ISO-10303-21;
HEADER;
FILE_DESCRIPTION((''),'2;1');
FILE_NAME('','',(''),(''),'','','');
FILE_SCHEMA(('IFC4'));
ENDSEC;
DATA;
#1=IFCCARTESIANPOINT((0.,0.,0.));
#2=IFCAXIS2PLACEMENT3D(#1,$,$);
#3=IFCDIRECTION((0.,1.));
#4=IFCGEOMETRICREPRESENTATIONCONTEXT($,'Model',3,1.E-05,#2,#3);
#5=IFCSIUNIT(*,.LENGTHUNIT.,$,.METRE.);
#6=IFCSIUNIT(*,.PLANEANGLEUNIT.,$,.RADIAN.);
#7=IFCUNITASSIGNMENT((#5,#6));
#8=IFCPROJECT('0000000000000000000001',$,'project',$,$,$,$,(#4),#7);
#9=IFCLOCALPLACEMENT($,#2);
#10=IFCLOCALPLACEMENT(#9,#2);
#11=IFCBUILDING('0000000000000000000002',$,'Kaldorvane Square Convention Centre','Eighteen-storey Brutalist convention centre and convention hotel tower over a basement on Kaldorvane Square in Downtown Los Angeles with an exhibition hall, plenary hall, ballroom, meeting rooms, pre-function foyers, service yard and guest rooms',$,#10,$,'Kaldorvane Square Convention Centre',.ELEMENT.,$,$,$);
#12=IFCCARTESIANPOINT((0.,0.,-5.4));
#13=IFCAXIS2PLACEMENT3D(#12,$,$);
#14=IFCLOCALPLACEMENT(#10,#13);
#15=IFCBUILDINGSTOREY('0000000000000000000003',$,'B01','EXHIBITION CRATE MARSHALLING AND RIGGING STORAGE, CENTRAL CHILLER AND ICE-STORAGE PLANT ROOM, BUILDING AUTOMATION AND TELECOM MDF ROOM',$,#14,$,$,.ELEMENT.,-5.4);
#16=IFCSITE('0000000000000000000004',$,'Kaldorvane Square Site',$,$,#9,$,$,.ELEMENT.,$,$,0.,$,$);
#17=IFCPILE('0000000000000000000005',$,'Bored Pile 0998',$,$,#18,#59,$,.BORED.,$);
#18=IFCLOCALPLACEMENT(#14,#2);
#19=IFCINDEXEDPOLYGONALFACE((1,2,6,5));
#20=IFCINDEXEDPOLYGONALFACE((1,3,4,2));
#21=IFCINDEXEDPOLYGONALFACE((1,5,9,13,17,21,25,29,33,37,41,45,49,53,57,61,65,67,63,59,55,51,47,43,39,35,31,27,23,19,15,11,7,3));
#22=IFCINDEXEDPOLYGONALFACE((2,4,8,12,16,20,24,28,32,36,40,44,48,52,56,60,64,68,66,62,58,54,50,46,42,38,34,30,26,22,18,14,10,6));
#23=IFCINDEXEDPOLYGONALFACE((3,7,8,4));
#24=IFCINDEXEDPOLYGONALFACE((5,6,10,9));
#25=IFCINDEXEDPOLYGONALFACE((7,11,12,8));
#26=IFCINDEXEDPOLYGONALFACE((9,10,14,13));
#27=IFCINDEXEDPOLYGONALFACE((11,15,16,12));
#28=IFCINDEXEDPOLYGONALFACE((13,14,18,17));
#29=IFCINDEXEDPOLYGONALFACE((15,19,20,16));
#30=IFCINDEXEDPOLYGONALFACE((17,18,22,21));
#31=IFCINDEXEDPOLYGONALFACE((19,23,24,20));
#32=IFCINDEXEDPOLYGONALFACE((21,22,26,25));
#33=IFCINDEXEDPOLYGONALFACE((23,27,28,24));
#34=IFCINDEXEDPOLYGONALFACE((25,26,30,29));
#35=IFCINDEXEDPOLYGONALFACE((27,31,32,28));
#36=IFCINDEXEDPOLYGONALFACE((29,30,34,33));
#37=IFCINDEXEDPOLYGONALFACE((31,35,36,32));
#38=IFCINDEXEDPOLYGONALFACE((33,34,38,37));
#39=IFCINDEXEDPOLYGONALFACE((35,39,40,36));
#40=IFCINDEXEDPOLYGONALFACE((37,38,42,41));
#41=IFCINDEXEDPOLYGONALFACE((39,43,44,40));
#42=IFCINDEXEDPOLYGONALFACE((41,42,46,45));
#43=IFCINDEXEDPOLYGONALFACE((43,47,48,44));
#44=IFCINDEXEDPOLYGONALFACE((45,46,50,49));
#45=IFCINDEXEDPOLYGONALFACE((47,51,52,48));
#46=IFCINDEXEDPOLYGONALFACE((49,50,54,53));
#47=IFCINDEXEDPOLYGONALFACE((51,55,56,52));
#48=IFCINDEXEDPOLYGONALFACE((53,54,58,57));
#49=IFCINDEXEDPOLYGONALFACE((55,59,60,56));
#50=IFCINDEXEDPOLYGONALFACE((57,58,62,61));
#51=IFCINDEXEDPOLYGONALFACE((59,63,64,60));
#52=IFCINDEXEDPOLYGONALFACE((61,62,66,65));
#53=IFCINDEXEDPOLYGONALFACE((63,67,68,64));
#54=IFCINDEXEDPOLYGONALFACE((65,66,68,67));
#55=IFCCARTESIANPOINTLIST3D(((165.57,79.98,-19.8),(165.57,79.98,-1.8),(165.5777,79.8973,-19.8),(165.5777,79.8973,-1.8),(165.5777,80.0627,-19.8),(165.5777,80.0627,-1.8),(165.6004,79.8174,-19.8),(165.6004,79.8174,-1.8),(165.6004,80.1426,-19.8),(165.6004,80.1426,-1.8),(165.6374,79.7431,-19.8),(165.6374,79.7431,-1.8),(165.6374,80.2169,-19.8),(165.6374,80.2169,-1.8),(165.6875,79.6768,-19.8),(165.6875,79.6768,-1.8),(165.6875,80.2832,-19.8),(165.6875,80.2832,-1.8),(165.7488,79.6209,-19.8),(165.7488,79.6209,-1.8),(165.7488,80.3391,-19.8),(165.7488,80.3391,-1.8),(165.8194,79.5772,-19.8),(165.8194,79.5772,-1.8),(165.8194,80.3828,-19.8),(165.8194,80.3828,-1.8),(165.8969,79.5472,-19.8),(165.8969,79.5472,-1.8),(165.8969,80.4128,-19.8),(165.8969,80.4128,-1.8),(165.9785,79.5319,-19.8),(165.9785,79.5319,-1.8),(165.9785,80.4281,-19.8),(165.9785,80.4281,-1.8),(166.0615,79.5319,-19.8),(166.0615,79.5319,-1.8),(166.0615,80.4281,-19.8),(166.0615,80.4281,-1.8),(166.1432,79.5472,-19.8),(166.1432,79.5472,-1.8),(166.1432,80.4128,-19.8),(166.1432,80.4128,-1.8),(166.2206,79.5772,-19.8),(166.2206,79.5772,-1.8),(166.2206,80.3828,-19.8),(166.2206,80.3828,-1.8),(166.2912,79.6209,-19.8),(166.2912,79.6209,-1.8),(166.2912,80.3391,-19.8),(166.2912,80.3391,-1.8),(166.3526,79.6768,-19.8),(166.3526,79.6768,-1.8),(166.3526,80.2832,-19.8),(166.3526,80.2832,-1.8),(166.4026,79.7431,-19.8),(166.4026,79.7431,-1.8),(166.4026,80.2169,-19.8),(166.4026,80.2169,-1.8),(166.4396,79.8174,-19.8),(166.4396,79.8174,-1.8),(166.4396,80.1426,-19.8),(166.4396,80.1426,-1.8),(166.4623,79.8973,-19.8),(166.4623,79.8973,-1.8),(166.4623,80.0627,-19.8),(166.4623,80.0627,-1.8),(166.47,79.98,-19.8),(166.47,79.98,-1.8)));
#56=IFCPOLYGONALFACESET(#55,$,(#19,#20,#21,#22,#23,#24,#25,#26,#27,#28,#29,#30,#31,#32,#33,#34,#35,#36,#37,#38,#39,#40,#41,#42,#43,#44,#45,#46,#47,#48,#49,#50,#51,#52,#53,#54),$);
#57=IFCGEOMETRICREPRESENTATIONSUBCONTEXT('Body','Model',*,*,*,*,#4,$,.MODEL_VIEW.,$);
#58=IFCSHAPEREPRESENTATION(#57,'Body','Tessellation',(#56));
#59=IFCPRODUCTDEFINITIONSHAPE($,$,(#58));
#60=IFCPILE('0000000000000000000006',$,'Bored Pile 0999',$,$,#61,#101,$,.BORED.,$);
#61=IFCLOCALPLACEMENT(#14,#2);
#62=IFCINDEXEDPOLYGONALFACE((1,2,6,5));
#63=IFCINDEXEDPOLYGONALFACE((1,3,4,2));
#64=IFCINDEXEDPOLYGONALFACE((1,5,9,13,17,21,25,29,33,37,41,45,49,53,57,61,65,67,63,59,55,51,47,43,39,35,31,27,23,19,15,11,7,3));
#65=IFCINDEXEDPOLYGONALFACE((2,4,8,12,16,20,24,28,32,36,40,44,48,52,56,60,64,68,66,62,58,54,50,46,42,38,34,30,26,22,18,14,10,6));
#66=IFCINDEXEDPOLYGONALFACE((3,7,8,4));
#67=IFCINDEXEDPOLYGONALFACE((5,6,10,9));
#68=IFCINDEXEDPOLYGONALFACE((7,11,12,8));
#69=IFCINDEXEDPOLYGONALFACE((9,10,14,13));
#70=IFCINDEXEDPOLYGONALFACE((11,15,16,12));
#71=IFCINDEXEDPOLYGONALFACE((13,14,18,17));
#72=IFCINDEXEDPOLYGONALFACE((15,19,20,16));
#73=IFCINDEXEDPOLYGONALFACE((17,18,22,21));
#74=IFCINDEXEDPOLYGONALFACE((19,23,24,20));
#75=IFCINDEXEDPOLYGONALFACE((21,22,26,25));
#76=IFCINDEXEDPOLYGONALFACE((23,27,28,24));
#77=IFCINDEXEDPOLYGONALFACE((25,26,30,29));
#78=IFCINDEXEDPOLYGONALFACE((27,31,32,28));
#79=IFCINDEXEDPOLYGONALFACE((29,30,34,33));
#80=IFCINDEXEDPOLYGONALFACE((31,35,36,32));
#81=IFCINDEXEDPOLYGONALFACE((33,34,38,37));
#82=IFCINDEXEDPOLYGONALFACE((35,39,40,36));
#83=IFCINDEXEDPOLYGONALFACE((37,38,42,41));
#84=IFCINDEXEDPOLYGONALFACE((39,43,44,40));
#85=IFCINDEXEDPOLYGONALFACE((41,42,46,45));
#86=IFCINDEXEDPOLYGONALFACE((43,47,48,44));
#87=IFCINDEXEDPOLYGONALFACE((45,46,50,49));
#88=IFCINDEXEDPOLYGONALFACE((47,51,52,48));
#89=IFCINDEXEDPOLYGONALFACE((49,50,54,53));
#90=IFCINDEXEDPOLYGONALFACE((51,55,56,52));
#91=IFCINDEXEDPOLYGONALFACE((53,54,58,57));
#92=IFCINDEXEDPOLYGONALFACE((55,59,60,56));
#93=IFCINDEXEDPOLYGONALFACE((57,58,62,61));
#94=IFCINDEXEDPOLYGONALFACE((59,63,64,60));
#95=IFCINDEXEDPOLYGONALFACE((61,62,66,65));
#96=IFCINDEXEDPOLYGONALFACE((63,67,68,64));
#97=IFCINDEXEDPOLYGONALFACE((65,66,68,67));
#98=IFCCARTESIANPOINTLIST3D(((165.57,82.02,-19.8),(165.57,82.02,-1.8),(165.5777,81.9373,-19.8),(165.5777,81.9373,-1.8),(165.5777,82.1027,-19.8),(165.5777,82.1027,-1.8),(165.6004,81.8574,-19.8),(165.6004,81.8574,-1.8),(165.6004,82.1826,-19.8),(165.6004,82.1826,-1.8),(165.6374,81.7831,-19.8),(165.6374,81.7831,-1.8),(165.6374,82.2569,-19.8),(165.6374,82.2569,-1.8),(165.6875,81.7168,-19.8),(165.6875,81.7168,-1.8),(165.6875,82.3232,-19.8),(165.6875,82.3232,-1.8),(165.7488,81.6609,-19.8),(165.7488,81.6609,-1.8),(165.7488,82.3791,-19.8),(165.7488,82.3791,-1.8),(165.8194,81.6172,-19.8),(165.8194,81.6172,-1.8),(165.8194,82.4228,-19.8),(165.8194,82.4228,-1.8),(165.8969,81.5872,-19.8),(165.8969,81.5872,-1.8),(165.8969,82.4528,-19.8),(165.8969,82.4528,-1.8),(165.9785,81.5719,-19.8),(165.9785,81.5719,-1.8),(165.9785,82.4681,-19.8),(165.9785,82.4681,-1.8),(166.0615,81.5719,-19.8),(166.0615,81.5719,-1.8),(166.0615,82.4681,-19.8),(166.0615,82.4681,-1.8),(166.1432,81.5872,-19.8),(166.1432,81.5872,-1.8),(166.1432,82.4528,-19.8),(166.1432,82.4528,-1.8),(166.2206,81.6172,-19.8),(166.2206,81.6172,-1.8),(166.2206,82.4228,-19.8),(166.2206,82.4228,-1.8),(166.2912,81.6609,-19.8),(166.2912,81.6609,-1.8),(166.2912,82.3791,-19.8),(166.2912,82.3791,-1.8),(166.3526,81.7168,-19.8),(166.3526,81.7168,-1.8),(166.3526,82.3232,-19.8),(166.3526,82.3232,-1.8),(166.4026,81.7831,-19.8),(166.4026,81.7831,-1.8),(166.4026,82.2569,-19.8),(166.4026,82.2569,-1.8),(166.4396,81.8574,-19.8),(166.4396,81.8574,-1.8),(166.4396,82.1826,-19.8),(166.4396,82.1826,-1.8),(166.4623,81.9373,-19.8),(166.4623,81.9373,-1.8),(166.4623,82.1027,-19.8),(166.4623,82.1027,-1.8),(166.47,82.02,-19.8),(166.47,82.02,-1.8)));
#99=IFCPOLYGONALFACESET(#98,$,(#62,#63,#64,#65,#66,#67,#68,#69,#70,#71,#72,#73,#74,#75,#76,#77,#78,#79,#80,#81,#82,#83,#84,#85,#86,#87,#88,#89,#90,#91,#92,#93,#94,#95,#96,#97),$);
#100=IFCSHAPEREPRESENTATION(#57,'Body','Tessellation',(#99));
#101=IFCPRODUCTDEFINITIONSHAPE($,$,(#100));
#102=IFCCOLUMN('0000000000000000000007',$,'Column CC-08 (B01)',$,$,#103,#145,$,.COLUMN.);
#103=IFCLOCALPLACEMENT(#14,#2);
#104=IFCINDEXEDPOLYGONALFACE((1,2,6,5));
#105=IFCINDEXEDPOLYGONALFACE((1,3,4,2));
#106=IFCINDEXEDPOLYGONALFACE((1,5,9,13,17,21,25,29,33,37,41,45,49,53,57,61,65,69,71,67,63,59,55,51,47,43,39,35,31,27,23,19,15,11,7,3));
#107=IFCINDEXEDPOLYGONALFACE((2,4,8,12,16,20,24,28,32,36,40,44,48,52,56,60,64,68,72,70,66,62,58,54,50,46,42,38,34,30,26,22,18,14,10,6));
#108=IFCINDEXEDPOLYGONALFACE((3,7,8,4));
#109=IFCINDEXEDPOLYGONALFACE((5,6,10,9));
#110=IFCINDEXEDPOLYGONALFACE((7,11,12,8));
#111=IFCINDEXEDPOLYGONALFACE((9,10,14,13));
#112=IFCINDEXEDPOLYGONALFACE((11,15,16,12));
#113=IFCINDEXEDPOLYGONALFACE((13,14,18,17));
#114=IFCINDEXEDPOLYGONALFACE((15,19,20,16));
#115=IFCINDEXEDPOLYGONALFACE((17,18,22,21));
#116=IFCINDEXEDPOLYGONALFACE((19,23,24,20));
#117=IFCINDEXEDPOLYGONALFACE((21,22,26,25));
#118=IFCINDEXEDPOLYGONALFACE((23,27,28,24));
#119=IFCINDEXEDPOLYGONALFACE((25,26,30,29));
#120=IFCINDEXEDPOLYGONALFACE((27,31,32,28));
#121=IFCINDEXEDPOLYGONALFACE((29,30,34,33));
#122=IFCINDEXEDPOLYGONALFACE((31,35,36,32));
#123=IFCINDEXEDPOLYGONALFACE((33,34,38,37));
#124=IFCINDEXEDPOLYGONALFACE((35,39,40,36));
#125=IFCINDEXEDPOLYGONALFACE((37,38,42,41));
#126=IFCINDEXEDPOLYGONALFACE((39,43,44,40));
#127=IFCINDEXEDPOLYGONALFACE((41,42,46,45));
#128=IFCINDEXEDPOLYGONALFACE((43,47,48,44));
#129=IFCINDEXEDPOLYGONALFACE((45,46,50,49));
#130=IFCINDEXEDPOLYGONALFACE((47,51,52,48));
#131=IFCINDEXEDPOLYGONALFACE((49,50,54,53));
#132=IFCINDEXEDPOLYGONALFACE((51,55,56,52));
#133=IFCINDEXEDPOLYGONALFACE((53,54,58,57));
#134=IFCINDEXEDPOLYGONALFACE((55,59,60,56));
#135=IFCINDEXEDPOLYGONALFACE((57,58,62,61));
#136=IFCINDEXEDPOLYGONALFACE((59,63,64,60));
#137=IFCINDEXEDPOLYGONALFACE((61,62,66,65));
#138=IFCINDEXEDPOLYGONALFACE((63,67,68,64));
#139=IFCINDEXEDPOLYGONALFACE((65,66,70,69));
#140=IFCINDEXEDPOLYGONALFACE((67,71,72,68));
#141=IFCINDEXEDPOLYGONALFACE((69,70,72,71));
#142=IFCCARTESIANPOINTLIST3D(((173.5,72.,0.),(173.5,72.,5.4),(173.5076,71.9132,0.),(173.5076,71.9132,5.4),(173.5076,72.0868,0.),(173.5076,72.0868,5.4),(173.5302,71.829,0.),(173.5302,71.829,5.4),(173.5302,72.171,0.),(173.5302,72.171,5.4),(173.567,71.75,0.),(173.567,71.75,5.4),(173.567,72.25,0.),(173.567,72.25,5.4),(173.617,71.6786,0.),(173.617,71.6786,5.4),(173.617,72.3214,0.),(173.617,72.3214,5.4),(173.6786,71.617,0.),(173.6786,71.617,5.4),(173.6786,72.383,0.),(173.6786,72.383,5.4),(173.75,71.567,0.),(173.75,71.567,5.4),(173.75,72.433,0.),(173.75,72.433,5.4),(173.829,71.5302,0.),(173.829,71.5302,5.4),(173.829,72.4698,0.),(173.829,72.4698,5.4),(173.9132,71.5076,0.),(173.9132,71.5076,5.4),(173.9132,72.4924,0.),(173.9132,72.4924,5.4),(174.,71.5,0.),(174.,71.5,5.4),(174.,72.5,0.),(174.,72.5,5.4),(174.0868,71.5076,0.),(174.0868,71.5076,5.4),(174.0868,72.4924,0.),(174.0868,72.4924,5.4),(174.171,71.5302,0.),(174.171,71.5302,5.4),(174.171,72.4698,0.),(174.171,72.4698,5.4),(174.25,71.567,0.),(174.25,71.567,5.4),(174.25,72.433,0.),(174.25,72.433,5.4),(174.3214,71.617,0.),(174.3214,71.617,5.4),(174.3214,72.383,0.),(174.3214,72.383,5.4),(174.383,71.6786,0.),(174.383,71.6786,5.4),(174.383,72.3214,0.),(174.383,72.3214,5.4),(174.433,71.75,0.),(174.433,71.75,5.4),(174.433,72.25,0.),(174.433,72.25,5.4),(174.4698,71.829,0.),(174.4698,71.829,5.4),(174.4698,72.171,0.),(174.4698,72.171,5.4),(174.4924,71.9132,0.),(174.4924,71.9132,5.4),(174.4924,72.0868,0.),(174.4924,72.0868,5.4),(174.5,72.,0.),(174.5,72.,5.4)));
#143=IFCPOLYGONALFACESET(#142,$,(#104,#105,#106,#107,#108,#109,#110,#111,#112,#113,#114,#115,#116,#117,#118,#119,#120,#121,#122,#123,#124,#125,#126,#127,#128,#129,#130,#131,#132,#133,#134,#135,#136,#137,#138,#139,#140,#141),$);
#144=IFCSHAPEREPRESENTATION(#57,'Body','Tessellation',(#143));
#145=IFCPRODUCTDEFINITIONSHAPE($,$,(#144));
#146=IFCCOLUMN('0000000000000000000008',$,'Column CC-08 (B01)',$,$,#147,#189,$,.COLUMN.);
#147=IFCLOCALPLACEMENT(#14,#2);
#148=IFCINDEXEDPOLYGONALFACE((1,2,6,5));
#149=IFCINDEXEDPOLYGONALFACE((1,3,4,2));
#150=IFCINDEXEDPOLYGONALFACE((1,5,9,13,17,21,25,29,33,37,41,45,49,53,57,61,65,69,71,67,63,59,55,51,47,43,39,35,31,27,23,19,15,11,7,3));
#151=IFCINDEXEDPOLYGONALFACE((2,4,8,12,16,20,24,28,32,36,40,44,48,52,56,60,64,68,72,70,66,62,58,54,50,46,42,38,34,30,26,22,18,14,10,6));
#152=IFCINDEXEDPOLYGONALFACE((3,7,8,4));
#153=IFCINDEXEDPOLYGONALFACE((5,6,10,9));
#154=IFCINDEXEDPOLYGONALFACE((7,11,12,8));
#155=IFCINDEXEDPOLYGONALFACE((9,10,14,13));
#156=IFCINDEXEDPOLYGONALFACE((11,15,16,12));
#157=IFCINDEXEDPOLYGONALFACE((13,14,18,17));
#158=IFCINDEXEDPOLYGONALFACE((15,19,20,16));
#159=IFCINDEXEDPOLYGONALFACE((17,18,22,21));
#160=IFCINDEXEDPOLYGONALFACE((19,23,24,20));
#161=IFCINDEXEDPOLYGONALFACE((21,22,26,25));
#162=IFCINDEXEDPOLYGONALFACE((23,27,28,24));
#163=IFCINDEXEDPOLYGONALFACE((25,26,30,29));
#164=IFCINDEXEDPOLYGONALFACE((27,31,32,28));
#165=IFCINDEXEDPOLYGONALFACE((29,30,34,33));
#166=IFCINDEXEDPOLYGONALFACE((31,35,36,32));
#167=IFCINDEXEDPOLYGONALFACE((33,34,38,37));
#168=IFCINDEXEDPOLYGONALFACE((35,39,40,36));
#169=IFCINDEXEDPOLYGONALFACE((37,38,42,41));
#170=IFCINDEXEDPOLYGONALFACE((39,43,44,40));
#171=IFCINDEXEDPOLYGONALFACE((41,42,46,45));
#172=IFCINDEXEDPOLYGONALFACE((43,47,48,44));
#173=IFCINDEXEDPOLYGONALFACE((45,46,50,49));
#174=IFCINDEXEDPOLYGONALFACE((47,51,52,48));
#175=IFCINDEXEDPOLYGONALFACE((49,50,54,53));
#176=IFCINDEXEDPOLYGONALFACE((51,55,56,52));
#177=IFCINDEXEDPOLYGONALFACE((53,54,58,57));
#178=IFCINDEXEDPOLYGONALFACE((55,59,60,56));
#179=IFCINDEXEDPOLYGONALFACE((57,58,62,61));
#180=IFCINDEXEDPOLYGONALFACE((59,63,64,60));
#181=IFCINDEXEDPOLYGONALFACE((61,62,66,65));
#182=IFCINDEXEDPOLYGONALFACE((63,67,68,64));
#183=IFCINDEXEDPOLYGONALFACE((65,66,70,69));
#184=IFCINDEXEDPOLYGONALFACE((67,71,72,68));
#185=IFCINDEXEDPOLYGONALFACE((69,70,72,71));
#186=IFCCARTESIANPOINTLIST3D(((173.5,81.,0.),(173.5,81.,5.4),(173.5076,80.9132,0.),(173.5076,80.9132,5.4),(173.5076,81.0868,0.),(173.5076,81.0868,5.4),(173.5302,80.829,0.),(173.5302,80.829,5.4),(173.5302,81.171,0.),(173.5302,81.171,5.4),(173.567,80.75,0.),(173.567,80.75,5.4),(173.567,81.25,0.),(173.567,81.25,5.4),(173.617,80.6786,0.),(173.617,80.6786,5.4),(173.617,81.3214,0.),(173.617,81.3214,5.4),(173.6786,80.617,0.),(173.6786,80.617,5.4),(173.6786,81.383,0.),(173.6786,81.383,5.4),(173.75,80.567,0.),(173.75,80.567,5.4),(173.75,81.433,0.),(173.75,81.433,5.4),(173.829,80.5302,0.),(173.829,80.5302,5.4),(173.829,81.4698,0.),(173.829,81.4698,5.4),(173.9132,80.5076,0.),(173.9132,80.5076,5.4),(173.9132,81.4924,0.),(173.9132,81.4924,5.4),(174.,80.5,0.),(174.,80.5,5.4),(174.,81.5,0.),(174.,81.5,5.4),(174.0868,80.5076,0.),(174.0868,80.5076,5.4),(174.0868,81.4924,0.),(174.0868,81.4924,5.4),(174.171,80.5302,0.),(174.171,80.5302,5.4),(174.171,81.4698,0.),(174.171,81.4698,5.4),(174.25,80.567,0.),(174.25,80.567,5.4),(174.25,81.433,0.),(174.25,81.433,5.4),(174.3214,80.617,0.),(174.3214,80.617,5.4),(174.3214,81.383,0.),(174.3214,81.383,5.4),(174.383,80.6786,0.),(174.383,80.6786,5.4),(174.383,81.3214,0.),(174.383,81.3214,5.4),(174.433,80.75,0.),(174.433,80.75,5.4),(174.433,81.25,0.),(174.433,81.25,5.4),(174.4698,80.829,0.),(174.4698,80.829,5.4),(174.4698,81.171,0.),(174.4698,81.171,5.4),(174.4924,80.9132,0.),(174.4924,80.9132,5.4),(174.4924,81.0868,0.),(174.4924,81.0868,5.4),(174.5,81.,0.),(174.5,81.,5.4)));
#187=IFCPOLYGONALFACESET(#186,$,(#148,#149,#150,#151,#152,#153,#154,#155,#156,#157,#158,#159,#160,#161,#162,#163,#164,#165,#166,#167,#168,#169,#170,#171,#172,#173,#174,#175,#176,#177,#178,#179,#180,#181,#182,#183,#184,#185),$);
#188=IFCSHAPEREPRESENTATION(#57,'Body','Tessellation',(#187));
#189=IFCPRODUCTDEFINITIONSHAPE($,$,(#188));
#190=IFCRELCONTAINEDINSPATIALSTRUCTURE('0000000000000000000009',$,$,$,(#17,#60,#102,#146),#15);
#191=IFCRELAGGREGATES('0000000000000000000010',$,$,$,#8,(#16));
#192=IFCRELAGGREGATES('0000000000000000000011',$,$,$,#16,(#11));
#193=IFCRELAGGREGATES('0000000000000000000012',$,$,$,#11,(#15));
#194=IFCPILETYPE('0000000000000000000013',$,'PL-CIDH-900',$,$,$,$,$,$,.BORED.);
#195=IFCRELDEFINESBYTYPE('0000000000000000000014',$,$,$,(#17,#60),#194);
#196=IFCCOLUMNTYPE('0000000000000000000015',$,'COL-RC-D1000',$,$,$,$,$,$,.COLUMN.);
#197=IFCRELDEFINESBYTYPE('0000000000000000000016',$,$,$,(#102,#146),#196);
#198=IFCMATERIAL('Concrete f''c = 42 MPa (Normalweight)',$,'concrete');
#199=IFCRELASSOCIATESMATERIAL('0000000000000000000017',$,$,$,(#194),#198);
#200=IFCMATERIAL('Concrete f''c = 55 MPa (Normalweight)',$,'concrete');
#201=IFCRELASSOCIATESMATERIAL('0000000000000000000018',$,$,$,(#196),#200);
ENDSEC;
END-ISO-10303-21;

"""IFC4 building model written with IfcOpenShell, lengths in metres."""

from ifc_helpers import new_model, si_unit, direction, frame, origin, origin_2d, place, context, subcontext, project, spatial, circle, extrude, material, material_profile, profile_set, type_object, element, save


model = new_model("IFC4")

# Units and contexts
model_context = context("Model", 3, precision=1e-05, world=origin(), true_north=direction((0.0, 1.0)))
body_context = subcontext(model_context, "Body", "Model", "MODEL_VIEW")
ifc_project = project(units=[si_unit("LENGTHUNIT", "METRE"), si_unit("PLANEANGLEUNIT", "RADIAN")], contexts=[model_context])

# Site, building, storey
site_placement = place(None, origin())
site = spatial("IfcSite", under=ifc_project, at=site_placement, Name="Kaldorvane Square Site", CompositionType="ELEMENT", RefElevation=0.0)
building_placement = place(site_placement, origin())
building = spatial("IfcBuilding", under=site, at=building_placement, Name="Kaldorvane Square Convention Centre", Description="Eighteen-storey Brutalist convention centre and convention hotel tower over a basement on Kaldorvane Square in Downtown Los Angeles with an exhibition hall, plenary hall, ballroom, meeting rooms, pre-function foyers, service yard and guest rooms", LongName="Kaldorvane Square Convention Centre", CompositionType="ELEMENT")
storey_placement = place(building_placement, frame((0.0, 0.0, -5.4)))
storey = spatial("IfcBuildingStorey", under=building, at=storey_placement, Name="B01", Description="EXHIBITION CRATE MARSHALLING AND RIGGING STORAGE, CENTRAL CHILLER AND ICE-STORAGE PLANT ROOM, BUILDING AUTOMATION AND TELECOM MDF ROOM", CompositionType="ELEMENT", Elevation=-5.4)

# Shared definitions
ifc_material_1 = material(Name="Concrete f'c = 42 MPa (Normalweight)", Category="concrete")

# Piles
ifc_material_profile_1 = material_profile(ifc_material_1, circle(Radius=0.45, at=origin_2d()), Name="PILE-D900")
ifc_profile_set_1 = profile_set([ifc_material_profile_1], Name="Concrete f'c = 42 MPa (Normalweight)")
pile_type_1 = type_object("IfcPileType", Name="PL-CIDH-900", PredefinedType="BORED", material=ifc_profile_set_1)
for number, where, z_axis, x_axis, name in (
    (1, (166.02, 79.98, -1.8), (0.0, 0.0, -1.0), (1.0, 0.0, 0.0), "Bored Pile 0998"),
    (2, (166.02, 82.02, -1.8), (0.0, 0.0, -1.0), (1.0, 0.0, 0.0), "Bored Pile 0999"),
):
    element("IfcPile", number, at=place(storey_placement, frame(where, z_axis=z_axis, x_axis=x_axis)), inside=storey, type_object=pile_type_1, Name=name, PredefinedType="BORED", context=body_context, shape_type="SweptSolid", body=[
        extrude(circle(Radius=0.45, at=origin_2d()), origin(), (0.0, 0.0, 1.0), 18.0),
    ])

# Columns
ifc_material_2 = material(Name="Concrete f'c = 55 MPa (Normalweight)", Category="concrete")
ifc_material_profile_2 = material_profile(ifc_material_2, circle(Radius=0.5, at=origin_2d()), Name="RC-D1000")
ifc_profile_set_2 = profile_set([ifc_material_profile_2], Name="Concrete f'c = 55 MPa (Normalweight)")
column_type_1 = type_object("IfcColumnType", Name="COL-RC-D1000", PredefinedType="COLUMN", material=ifc_profile_set_2)
for number, where, z_axis, x_axis, name in (
    (3, (174.0, 72.0, 0.0), (0.0, 0.0, 1.0), (1.0, 0.0, 0.0), "Column CC-08 (B01)"),
    (4, (174.0, 81.0, 0.0), (0.0, 0.0, 1.0), (1.0, 0.0, 0.0), "Column CC-08 (B01)"),
):
    element("IfcColumn", number, at=place(storey_placement, frame(where, z_axis=z_axis, x_axis=x_axis)), inside=storey, type_object=column_type_1, Name=name, PredefinedType="COLUMN", context=body_context, shape_type="SweptSolid", body=[
        extrude(circle(Radius=0.5, at=origin_2d()), origin(), (0.0, 0.0, 1.0), 5.4),
    ])

save(model, "model.ifc")
